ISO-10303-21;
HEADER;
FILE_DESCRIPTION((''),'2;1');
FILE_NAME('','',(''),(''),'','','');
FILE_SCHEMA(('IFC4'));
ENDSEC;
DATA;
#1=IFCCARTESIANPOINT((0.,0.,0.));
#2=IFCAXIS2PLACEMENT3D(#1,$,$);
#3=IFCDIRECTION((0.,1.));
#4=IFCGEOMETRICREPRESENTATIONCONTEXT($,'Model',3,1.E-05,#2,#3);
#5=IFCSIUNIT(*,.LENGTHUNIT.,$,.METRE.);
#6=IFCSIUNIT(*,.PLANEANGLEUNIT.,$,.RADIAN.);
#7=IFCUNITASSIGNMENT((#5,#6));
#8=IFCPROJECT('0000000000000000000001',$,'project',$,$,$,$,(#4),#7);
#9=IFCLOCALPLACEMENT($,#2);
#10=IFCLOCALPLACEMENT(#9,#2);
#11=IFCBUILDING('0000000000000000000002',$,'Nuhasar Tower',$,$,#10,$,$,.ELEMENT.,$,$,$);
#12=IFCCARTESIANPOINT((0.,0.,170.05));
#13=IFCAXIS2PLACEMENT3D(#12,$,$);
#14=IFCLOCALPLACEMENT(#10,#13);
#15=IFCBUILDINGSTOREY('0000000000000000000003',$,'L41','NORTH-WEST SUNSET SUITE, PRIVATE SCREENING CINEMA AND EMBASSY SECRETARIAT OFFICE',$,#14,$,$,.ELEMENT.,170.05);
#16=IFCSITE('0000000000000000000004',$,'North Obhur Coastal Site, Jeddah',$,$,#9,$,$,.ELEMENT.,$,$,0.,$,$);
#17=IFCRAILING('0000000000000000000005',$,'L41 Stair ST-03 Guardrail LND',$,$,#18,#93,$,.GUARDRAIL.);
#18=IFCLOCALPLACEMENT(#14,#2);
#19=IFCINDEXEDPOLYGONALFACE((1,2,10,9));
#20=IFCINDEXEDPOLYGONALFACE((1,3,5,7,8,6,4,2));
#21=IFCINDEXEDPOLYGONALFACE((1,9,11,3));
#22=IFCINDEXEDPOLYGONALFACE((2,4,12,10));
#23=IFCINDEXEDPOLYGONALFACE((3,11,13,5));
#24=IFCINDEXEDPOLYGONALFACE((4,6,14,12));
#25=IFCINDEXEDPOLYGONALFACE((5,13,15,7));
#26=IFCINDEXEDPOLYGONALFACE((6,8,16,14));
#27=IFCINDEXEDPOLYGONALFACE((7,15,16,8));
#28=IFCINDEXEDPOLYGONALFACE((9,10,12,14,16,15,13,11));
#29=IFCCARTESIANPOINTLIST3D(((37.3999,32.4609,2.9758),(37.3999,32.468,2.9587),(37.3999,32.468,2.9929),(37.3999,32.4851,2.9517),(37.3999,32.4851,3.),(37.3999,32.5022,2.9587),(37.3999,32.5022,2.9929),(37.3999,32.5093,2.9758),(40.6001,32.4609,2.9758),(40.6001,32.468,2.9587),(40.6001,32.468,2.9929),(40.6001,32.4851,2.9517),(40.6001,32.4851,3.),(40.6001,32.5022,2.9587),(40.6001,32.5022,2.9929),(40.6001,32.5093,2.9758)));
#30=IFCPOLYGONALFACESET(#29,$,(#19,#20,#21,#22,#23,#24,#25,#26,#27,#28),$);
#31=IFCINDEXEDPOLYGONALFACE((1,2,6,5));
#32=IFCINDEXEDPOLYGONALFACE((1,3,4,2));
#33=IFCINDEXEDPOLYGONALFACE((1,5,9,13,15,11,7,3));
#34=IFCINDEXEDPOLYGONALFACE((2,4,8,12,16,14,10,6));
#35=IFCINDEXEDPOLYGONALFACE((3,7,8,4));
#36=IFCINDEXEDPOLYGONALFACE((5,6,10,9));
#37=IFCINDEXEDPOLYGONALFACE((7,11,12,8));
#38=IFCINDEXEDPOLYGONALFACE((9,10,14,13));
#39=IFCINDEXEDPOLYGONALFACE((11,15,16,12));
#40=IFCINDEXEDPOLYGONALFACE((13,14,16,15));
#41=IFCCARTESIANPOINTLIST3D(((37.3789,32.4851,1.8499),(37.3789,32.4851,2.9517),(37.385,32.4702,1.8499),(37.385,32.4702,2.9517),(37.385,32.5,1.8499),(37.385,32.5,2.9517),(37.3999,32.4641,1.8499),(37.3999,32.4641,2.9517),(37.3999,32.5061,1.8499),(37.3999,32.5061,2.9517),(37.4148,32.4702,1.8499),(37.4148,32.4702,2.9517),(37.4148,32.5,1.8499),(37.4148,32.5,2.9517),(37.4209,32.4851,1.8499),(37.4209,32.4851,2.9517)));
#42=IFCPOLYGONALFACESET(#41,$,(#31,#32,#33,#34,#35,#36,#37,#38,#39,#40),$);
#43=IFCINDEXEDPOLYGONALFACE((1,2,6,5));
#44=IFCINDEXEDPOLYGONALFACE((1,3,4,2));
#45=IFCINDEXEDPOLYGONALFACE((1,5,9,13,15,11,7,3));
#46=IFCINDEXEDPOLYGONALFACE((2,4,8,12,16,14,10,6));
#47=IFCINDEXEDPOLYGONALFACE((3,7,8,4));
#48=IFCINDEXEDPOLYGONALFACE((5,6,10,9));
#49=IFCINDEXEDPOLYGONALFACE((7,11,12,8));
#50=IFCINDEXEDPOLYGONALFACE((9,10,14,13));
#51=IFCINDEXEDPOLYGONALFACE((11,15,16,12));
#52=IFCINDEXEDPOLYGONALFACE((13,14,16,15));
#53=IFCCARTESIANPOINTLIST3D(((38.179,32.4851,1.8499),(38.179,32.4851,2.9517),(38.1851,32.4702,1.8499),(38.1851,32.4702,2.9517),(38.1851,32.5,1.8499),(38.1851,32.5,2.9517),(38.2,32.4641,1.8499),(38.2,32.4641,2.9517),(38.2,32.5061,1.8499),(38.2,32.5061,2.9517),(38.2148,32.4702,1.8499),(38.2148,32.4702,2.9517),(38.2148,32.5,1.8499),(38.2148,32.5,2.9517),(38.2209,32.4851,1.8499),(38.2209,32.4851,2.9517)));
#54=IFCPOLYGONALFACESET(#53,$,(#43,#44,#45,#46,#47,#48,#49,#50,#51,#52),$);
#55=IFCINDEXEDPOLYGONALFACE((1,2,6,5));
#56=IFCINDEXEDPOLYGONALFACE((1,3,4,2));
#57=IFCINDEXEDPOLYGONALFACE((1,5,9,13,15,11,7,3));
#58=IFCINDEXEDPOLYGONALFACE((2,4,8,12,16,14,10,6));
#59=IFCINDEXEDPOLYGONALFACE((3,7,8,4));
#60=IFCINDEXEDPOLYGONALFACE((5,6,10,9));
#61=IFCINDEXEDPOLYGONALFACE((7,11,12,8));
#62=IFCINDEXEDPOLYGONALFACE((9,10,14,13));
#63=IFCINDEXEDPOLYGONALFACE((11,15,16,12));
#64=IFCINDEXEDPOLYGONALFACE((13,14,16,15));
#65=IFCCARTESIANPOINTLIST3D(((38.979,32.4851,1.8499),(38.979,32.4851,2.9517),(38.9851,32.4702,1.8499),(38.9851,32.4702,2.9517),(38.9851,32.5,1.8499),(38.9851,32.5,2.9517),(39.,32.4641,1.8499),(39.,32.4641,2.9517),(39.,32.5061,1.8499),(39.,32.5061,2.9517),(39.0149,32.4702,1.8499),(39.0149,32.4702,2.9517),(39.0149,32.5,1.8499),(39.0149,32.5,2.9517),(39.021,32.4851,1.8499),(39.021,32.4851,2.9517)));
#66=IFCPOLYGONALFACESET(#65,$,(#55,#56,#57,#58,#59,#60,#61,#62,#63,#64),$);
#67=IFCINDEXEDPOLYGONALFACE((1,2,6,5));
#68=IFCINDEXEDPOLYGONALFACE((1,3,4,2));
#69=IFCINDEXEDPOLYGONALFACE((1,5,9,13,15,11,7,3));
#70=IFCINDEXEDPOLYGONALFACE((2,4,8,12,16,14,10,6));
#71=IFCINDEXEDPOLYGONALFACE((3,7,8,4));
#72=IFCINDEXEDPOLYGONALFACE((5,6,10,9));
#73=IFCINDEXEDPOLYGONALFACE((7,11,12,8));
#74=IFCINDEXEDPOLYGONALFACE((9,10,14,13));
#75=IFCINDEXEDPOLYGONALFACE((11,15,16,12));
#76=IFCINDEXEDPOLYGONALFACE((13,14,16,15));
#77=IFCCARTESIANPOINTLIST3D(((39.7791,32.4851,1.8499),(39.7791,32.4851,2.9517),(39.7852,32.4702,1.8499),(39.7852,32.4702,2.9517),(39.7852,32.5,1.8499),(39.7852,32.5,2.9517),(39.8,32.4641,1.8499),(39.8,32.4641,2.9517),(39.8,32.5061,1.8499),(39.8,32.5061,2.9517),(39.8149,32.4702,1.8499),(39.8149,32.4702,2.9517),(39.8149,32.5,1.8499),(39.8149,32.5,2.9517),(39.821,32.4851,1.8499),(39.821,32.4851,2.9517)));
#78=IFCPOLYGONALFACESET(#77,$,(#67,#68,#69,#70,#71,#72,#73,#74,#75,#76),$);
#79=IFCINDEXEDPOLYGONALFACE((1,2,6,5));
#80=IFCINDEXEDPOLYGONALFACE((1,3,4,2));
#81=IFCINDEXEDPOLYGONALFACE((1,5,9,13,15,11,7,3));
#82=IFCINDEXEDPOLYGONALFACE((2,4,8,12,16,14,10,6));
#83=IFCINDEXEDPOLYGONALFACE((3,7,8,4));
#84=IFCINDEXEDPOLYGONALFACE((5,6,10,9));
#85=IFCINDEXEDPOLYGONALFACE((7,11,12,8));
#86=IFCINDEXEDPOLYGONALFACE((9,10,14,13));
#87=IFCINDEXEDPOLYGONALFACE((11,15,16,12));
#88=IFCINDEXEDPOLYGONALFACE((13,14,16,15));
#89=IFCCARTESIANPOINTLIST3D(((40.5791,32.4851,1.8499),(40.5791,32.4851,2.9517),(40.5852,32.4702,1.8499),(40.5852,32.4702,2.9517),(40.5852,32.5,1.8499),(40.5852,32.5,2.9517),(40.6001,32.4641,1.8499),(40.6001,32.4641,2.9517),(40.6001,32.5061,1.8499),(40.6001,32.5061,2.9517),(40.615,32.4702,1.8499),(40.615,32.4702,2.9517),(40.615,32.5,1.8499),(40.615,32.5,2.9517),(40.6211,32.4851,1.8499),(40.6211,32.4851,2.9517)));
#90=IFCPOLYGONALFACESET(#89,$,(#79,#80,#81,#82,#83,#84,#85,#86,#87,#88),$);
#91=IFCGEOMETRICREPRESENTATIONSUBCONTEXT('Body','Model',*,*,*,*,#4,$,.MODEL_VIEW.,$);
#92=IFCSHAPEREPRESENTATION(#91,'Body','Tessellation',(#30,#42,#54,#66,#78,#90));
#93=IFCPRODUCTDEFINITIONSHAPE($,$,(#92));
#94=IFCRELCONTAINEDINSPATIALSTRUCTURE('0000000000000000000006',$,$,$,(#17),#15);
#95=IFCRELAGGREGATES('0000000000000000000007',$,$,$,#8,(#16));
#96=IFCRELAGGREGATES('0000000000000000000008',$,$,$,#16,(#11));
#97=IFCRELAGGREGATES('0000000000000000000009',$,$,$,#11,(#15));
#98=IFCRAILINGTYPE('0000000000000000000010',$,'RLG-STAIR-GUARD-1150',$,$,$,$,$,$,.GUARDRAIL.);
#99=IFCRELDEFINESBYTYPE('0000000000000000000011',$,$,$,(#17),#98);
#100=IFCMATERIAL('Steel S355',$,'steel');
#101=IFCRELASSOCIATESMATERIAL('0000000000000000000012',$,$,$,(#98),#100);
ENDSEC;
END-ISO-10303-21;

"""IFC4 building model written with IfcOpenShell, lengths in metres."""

from ifc_helpers import new_model, si_unit, direction, frame, origin, place, context, subcontext, project, spatial, polyline, outline, extrude, material, type_object, element, save


model = new_model("IFC4")

# Units and contexts
model_context = context("Model", 3, precision=1e-05, world=origin(), true_north=direction((0.0, 1.0)))
body_context = subcontext(model_context, "Body", "Model", "MODEL_VIEW")
ifc_project = project(units=[si_unit("LENGTHUNIT", "METRE"), si_unit("PLANEANGLEUNIT", "RADIAN")], contexts=[model_context])

# Site, building, storey
site_placement = place(None, origin())
site = spatial("IfcSite", under=ifc_project, at=site_placement, Name="North Obhur Coastal Site, Jeddah", CompositionType="ELEMENT", RefElevation=0.0)
building_placement = place(site_placement, origin())
building = spatial("IfcBuilding", under=site, at=building_placement, Name="Nuhasar Tower", CompositionType="ELEMENT")
storey_placement = place(building_placement, frame((0.0, 0.0, 170.05)))
storey = spatial("IfcBuildingStorey", under=building, at=storey_placement, Name="L41", Description="NORTH-WEST SUNSET SUITE, PRIVATE SCREENING CINEMA AND EMBASSY SECRETARIAT OFFICE", CompositionType="ELEMENT", Elevation=170.05)

# Shared definitions
ifc_material_1 = material(Name="Steel S355", Category="steel")

# Railing
railing_type_1 = type_object("IfcRailingType", Name="RLG-STAIR-GUARD-1150", PredefinedType="GUARDRAIL", material=ifc_material_1)
railing_1_placement = place(storey_placement, frame((37.3999, 32.4851, 1.8499)))
element("IfcRailing", 1, at=railing_1_placement, inside=storey, type_object=railing_type_1, Name="L41 Stair ST-03 Guardrail LND", PredefinedType="GUARDRAIL", context=body_context, shape_type="SweptSolid", body=[
    extrude(outline(polyline([(0.0242, 0.0), (0.0171, 0.0171), (0.0, 0.0242), (-0.0171, 0.0171), (-0.0242, 0.0), (-0.0171, -0.0171), (0.0, -0.0242), (0.0171, -0.0171), (0.0242, 0.0)])), frame((0.0, 0.0, 1.126), z_axis=(1.0, 0.0, 0.0), x_axis=(0.0, 1.0, 0.0)), (0.0, 0.0, 1.0), 3.2002),
    extrude(outline(polyline([(0.021, 0.0), (0.0149, 0.0149), (0.0, 0.021), (-0.0149, 0.0149), (-0.021, 0.0), (-0.0149, -0.0149), (0.0, -0.021), (0.0149, -0.0149), (0.021, 0.0)])), origin(), (0.0, 0.0, 1.0), 1.1018),
    extrude(outline(polyline([(0.021, 0.0), (0.0149, 0.0149), (0.0, 0.021), (-0.0149, 0.0149), (-0.021, 0.0), (-0.0149, -0.0149), (0.0, -0.021), (0.0149, -0.0149), (0.021, 0.0)])), frame((0.8, 0.0, 0.0)), (0.0, 0.0, 1.0), 1.1018),
    extrude(outline(polyline([(0.021, 0.0), (0.0149, 0.0149), (0.0, 0.021), (-0.0149, 0.0149), (-0.021, 0.0), (-0.0149, -0.0149), (0.0, -0.021), (0.0149, -0.0149), (0.021, 0.0)])), frame((1.6001, 0.0, 0.0)), (0.0, 0.0, 1.0), 1.1018),
    extrude(outline(polyline([(0.021, 0.0), (0.0149, 0.0149), (0.0, 0.021), (-0.0149, 0.0149), (-0.021, 0.0), (-0.0149, -0.0149), (0.0, -0.021), (0.0149, -0.0149), (0.021, 0.0)])), frame((2.4001, 0.0, 0.0)), (0.0, 0.0, 1.0), 1.1018),
    extrude(outline(polyline([(0.021, 0.0), (0.0149, 0.0149), (0.0, 0.021), (-0.0149, 0.0149), (-0.021, 0.0), (-0.0149, -0.0149), (0.0, -0.021), (0.0149, -0.0149), (0.021, 0.0)])), frame((3.2002, 0.0, 0.0)), (0.0, 0.0, 1.0), 1.1018),
])

save(model, "model.ifc")
